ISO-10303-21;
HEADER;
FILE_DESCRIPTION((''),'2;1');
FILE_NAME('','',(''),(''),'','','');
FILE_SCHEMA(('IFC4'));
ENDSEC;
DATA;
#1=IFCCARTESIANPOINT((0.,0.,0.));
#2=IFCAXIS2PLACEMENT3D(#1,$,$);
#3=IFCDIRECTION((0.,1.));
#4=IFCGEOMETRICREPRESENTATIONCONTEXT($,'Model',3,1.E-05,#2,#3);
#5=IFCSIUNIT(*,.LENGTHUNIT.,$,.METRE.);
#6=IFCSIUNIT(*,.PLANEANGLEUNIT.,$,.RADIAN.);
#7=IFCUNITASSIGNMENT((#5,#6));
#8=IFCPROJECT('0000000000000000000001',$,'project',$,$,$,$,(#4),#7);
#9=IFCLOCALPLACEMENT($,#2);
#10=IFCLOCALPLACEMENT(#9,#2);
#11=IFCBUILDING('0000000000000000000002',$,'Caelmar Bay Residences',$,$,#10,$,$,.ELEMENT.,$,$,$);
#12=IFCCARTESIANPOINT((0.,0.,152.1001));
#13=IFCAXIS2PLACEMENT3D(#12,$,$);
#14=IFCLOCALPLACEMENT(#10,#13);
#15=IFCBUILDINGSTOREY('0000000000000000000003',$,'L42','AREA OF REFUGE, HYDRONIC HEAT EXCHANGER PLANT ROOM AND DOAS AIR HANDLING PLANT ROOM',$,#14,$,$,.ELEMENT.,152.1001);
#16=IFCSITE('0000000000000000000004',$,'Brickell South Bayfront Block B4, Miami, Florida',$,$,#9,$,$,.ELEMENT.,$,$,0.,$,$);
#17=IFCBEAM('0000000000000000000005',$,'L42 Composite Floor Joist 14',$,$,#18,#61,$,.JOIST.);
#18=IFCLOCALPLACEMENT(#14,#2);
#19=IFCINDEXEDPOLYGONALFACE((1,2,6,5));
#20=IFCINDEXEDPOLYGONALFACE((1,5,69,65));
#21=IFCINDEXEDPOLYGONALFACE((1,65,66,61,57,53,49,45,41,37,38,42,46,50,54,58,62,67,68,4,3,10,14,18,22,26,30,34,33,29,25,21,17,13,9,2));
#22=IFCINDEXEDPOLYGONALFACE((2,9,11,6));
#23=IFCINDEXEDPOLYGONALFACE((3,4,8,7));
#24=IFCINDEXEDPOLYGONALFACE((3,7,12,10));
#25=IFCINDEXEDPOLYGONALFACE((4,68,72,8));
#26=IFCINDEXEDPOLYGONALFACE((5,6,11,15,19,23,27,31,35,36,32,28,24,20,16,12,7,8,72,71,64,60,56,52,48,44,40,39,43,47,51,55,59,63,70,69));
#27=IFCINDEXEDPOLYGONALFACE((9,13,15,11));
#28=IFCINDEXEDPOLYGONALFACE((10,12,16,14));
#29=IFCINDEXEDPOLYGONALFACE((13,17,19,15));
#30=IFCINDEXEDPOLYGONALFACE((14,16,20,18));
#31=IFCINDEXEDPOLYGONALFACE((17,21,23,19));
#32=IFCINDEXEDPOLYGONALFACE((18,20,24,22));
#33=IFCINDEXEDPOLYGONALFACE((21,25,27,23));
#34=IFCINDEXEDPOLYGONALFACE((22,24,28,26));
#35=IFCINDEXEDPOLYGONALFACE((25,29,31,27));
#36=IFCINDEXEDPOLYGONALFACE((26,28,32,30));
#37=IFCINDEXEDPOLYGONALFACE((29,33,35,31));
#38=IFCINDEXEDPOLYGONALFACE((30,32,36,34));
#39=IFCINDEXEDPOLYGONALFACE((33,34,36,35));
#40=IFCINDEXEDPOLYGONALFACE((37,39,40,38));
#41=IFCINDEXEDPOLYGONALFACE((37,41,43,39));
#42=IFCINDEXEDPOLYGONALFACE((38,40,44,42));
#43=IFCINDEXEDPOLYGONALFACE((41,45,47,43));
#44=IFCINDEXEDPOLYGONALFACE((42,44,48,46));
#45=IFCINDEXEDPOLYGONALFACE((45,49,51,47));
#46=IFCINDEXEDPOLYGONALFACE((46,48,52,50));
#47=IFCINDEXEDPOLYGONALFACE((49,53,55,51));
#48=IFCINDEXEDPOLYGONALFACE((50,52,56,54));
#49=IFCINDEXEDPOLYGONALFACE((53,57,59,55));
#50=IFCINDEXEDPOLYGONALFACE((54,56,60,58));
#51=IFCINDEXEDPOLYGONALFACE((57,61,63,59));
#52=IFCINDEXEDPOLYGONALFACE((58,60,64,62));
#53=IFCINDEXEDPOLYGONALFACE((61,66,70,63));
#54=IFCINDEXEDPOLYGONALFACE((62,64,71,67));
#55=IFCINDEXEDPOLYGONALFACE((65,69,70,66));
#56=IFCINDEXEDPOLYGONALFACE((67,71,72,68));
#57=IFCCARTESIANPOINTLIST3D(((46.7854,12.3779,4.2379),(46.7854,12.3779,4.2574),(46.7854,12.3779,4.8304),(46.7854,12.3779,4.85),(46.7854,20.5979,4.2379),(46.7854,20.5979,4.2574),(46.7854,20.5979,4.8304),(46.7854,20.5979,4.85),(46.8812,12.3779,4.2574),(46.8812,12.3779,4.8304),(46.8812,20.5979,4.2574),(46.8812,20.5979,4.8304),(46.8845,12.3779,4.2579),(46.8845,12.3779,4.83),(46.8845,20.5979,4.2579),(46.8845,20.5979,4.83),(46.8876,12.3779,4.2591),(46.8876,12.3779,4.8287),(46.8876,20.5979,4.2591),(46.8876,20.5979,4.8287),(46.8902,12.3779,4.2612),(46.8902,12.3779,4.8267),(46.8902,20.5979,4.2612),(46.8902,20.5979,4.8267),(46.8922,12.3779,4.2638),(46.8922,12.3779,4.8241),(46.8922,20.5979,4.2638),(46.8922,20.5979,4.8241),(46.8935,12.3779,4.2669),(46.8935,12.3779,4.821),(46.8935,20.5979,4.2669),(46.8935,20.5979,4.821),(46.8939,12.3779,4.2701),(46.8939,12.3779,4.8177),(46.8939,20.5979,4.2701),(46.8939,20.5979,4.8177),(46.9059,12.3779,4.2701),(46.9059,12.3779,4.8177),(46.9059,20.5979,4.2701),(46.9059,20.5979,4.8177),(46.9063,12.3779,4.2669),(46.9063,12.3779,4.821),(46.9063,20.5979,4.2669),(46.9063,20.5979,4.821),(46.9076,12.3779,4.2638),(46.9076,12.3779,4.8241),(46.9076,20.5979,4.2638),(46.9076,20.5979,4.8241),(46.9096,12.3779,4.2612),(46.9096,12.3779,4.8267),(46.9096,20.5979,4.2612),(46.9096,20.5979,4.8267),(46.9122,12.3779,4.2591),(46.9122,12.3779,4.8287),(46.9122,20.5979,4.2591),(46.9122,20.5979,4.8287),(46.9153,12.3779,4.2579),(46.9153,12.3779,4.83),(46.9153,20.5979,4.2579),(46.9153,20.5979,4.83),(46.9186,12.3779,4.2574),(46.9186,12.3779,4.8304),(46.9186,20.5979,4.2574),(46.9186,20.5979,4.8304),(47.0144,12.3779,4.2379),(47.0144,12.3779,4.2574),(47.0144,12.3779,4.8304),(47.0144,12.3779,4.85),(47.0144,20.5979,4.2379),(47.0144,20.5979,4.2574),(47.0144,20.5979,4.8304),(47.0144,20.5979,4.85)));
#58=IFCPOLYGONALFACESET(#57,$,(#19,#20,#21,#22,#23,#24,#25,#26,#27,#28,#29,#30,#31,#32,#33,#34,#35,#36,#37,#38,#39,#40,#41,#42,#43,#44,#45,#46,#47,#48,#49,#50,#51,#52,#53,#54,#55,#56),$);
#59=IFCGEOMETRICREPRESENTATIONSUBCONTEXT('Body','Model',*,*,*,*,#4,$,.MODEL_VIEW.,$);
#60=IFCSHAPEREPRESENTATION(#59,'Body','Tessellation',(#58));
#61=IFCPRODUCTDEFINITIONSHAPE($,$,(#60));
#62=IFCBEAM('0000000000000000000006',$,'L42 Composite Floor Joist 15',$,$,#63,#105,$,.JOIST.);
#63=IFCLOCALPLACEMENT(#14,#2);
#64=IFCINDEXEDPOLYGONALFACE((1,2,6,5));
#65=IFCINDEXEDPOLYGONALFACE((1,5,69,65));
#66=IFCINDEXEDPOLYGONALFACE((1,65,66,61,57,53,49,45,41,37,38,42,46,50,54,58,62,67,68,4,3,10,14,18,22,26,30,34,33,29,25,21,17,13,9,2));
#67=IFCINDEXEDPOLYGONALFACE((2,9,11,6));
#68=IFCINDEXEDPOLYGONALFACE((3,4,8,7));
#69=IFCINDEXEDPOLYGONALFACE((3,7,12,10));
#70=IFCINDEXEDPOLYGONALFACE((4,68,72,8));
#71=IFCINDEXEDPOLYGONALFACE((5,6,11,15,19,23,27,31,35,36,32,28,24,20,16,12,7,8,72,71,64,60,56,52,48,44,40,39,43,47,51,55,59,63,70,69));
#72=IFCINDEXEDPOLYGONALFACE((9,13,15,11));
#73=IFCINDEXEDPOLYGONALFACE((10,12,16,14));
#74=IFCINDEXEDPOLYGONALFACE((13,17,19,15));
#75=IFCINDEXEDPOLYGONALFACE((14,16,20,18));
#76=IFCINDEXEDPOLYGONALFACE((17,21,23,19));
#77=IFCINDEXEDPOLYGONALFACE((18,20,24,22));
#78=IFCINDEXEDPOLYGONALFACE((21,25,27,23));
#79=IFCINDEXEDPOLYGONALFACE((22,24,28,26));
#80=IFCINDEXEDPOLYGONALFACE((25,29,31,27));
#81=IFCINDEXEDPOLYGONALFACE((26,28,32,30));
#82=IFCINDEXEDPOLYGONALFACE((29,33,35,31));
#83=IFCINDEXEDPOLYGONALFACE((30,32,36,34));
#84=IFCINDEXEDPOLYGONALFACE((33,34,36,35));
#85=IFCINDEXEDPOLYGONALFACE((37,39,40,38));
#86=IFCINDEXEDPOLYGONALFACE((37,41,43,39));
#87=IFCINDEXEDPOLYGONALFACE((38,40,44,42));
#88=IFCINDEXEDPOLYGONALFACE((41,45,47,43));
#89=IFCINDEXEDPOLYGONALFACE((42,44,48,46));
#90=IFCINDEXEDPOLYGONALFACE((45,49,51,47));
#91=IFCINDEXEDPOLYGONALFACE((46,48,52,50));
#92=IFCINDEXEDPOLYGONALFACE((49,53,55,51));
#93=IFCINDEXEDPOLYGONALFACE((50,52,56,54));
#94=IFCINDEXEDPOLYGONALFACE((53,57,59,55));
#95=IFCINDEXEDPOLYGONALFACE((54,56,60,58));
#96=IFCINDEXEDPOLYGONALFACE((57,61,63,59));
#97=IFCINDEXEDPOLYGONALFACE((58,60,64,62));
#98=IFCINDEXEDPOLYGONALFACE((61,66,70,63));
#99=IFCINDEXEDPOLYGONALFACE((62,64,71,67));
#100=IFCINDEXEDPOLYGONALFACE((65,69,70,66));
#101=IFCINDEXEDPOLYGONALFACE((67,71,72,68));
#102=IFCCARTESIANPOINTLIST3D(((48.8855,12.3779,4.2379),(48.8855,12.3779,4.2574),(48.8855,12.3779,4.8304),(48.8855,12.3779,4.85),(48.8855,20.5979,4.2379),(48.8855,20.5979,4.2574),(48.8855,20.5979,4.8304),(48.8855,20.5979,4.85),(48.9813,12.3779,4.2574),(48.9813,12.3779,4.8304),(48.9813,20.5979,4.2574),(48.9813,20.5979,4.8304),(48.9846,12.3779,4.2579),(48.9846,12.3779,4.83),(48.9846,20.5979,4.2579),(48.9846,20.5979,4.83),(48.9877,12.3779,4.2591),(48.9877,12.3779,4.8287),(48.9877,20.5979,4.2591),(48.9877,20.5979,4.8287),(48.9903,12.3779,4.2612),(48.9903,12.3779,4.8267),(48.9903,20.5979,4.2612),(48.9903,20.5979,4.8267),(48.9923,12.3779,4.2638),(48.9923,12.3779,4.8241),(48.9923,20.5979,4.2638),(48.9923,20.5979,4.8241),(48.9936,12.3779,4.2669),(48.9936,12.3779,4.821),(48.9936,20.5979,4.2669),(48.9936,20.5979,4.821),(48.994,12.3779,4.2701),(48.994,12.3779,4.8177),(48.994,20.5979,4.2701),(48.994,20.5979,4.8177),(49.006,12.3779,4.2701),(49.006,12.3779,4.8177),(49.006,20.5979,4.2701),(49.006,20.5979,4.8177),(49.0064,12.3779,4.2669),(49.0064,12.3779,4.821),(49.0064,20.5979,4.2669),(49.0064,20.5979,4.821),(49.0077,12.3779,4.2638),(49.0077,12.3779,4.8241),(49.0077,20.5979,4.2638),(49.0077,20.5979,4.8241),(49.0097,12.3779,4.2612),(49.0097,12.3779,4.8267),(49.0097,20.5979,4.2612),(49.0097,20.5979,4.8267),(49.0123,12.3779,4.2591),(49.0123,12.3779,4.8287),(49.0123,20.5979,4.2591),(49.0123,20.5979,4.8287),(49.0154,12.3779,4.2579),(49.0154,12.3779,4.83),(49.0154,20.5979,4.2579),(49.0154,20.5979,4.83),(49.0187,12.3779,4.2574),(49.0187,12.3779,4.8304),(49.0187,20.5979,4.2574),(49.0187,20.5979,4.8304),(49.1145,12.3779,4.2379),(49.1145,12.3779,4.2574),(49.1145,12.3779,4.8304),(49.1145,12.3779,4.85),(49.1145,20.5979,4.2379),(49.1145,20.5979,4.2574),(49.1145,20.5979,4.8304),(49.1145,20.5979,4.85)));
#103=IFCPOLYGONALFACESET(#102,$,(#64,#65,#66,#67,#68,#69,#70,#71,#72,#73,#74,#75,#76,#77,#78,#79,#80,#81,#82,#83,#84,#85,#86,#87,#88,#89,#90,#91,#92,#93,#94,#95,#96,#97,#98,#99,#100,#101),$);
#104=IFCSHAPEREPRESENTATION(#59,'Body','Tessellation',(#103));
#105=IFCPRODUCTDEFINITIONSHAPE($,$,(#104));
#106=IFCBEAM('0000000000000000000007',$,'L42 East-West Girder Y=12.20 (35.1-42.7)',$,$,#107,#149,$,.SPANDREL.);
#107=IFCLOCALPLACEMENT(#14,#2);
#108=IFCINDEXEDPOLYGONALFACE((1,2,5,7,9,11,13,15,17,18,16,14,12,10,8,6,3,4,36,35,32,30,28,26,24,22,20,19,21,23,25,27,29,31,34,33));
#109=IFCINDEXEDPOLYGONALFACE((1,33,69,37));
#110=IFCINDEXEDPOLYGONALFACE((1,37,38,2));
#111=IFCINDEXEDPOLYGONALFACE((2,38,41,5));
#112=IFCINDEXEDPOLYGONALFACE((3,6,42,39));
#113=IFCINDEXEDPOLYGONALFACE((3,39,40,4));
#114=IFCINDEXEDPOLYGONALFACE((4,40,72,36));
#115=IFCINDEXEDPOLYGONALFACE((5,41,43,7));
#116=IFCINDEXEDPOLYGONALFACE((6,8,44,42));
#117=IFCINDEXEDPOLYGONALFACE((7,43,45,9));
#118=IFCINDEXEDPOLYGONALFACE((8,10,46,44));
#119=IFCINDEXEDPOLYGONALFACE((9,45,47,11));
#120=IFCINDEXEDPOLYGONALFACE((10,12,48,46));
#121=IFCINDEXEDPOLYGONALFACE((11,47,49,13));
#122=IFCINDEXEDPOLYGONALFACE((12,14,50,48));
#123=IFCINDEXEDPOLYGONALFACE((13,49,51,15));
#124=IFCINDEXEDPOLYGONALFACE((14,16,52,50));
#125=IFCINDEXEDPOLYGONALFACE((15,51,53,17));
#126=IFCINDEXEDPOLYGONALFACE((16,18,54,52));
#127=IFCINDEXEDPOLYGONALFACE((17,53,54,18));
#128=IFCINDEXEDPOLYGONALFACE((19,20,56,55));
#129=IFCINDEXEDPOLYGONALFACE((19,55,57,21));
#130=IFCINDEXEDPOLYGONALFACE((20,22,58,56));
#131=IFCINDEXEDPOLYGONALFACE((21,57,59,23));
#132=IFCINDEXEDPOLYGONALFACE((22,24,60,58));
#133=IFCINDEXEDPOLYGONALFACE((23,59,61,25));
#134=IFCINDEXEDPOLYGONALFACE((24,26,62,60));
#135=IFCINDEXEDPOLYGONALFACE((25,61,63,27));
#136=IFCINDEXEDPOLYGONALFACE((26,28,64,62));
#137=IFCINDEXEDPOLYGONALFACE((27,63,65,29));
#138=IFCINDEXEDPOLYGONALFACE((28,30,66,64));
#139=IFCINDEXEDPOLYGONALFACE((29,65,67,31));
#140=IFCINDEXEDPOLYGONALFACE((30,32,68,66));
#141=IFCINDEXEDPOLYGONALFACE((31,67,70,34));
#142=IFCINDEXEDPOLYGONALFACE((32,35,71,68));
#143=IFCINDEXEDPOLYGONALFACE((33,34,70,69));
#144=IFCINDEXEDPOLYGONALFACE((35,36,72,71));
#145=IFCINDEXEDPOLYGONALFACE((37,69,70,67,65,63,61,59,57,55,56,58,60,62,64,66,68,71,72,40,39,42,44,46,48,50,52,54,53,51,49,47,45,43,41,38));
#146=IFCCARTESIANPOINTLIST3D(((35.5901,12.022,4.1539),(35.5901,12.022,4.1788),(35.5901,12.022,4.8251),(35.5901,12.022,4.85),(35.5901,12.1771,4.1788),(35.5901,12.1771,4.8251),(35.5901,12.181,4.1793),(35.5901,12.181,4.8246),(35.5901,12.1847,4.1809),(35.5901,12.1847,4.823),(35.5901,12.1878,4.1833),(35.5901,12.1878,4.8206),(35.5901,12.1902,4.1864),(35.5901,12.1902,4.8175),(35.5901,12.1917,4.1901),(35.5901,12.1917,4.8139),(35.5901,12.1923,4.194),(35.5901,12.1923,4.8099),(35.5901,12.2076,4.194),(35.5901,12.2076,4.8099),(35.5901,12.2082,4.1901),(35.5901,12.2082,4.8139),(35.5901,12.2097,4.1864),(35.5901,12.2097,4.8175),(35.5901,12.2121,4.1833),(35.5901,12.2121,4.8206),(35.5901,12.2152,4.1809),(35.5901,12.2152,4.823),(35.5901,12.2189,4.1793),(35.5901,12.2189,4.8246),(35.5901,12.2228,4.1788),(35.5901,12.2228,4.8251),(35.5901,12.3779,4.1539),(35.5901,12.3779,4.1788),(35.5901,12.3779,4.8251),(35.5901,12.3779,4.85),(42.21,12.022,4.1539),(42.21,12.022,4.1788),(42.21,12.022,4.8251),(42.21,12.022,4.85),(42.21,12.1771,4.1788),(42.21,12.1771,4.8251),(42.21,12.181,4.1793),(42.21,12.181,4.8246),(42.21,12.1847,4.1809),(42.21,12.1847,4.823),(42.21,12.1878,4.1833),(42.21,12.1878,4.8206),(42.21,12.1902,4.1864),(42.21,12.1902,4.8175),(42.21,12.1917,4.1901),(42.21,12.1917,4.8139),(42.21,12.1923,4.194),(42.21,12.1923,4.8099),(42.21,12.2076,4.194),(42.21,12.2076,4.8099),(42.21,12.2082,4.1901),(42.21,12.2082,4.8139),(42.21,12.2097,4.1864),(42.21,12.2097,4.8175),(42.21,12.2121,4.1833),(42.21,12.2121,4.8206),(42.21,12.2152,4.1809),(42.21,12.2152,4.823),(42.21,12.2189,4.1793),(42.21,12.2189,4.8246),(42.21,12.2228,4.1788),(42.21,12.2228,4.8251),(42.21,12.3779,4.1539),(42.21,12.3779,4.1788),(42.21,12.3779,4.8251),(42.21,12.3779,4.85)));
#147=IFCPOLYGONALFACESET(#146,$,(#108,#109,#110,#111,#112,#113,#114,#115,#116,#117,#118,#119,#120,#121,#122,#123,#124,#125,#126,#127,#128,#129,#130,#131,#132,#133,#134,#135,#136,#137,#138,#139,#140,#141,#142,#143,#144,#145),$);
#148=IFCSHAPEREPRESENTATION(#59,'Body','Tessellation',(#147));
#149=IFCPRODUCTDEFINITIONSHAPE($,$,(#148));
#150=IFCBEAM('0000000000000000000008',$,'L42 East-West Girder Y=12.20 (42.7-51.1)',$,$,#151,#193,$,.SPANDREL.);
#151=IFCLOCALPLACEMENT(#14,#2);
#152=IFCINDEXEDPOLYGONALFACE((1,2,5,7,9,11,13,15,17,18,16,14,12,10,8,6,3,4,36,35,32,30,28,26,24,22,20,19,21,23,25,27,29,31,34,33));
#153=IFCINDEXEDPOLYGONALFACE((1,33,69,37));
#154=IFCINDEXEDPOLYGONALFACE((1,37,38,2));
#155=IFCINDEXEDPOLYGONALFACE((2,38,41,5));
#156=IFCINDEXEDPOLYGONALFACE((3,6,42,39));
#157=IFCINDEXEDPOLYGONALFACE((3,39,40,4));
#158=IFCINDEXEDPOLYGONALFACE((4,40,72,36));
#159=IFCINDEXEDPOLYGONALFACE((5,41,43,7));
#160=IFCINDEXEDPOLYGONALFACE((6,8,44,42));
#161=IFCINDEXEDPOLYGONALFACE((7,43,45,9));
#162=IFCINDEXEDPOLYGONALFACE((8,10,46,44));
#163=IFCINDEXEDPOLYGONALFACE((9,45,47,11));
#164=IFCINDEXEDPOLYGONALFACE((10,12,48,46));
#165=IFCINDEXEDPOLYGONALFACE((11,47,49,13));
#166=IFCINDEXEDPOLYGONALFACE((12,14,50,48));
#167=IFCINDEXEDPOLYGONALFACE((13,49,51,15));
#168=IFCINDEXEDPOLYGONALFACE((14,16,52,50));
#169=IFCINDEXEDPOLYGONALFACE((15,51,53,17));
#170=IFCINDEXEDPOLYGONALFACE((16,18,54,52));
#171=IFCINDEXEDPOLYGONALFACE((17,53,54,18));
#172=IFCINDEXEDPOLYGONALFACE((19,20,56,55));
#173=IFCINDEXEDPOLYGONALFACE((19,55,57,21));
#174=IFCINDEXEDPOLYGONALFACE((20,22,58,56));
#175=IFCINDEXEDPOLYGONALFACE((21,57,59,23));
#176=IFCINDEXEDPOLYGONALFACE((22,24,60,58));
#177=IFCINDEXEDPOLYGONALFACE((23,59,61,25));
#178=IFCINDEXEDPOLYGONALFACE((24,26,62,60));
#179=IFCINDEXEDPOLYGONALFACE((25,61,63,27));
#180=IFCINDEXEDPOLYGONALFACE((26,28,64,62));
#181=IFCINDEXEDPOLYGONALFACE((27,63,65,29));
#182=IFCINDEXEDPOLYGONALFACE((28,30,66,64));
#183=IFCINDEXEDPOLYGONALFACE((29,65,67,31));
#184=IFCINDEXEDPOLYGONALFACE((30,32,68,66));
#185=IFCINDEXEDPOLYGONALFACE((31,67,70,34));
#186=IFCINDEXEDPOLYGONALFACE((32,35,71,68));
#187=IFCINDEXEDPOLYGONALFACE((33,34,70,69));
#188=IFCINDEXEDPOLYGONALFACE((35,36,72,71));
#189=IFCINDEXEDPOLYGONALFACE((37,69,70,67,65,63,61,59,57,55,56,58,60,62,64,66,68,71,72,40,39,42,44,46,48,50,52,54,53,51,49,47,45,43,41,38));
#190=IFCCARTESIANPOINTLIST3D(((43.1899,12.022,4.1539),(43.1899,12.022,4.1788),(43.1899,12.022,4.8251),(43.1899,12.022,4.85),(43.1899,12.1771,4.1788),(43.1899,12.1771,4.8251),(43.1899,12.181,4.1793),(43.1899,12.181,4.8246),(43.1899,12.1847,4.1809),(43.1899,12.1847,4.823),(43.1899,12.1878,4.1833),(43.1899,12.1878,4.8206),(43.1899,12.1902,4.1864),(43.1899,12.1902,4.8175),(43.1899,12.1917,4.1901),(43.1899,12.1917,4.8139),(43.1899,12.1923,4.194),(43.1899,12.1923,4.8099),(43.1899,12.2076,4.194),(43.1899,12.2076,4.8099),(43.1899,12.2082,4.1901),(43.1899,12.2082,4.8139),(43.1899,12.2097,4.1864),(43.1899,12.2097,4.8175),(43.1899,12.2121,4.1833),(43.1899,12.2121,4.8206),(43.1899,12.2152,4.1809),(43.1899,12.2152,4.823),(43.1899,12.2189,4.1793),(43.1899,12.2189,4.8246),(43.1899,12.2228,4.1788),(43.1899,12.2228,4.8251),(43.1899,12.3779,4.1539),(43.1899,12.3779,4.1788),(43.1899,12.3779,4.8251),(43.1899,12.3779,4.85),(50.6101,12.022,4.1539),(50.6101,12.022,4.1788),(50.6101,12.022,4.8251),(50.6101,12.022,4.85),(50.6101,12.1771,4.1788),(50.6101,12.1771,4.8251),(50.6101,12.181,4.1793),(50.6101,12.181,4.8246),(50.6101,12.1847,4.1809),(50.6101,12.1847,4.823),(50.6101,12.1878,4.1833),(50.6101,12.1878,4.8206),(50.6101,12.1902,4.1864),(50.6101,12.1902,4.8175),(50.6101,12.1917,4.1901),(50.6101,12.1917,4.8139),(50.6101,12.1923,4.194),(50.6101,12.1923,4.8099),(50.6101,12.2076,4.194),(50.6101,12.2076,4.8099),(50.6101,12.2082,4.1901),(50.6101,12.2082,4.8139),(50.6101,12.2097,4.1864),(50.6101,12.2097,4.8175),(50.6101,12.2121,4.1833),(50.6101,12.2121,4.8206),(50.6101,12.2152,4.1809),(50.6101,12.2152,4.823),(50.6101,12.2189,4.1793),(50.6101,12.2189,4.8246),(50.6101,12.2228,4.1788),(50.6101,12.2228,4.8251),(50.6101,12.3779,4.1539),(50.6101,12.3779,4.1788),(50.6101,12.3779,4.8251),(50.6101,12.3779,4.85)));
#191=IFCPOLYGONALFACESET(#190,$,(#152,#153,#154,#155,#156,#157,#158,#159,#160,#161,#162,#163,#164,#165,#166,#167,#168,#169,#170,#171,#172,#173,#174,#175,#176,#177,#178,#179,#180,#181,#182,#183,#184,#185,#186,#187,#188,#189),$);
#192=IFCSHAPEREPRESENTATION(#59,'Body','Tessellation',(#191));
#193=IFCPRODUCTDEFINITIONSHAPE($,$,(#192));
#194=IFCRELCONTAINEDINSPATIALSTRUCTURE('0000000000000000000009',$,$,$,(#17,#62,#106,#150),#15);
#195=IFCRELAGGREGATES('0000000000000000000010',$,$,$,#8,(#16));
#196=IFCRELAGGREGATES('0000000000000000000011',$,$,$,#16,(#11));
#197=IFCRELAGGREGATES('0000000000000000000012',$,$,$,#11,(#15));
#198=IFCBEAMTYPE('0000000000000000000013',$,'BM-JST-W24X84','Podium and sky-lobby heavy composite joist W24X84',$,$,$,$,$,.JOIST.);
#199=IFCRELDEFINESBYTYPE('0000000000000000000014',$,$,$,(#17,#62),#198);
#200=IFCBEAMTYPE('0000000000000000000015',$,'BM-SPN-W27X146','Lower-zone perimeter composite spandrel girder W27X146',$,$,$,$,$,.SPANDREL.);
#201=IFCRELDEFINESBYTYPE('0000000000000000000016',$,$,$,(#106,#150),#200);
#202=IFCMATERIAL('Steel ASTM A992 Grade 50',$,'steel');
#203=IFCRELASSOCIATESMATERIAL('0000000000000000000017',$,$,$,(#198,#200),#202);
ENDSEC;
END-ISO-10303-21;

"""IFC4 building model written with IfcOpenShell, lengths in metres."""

from ifc_helpers import new_model, si_unit, direction, frame, origin, origin_2d, place, context, subcontext, project, spatial, i_section, extrude, material, material_profile, profile_set, type_object, element, save


model = new_model("IFC4")

# Units and contexts
model_context = context("Model", 3, precision=1e-05, world=origin(), true_north=direction((0.0, 1.0)))
body_context = subcontext(model_context, "Body", "Model", "MODEL_VIEW")
ifc_project = project(units=[si_unit("LENGTHUNIT", "METRE"), si_unit("PLANEANGLEUNIT", "RADIAN")], contexts=[model_context])

# Site, building, storey
site_placement = place(None, origin())
site = spatial("IfcSite", under=ifc_project, at=site_placement, Name="Brickell South Bayfront Block B4, Miami, Florida", CompositionType="ELEMENT", RefElevation=0.0)
building_placement = place(site_placement, origin())
building = spatial("IfcBuilding", under=site, at=building_placement, Name="Caelmar Bay Residences", CompositionType="ELEMENT")
storey_placement = place(building_placement, frame((0.0, 0.0, 152.1001)))
storey = spatial("IfcBuildingStorey", under=building, at=storey_placement, Name="L42", Description="AREA OF REFUGE, HYDRONIC HEAT EXCHANGER PLANT ROOM AND DOAS AIR HANDLING PLANT ROOM", CompositionType="ELEMENT", Elevation=152.1001)

# Beams
ifc_material_1 = material(Name="Steel ASTM A992 Grade 50", Category="steel")
ifc_material_profile_1 = material_profile(ifc_material_1, i_section(OverallWidth=0.229, OverallDepth=0.6121, WebThickness=0.012, FlangeThickness=0.0195, FilletRadius=0.0127, at=origin_2d()), Name="W24X84")
ifc_profile_set_1 = profile_set([ifc_material_profile_1], Name="Steel ASTM A992 Grade 50")
beam_type_1 = type_object("IfcBeamType", Name="BM-JST-W24X84", Description="Podium and sky-lobby heavy composite joist W24X84", PredefinedType="JOIST", material=ifc_profile_set_1)
for number, where, z_axis, x_axis, name in (
    (1, (46.8999, 12.3779, 4.5439), (0.0, 1.0, 0.0), (-1.0, 0.0, 0.0), "L42 Composite Floor Joist 14"),
    (2, (49.0, 12.3779, 4.5439), (0.0, 1.0, 0.0), (-1.0, 0.0, 0.0), "L42 Composite Floor Joist 15"),
):
    element("IfcBeam", number, at=place(storey_placement, frame(where, z_axis=z_axis, x_axis=x_axis)), inside=storey, type_object=beam_type_1, Name=name, PredefinedType="JOIST", context=body_context, shape_type="SweptSolid", body=[
        extrude(i_section(OverallWidth=0.229, OverallDepth=0.6121, WebThickness=0.012, FlangeThickness=0.0195, FilletRadius=0.0127, at=origin_2d()), origin(), (0.0, 0.0, 1.0), 8.22),
    ])
ifc_material_profile_2 = material_profile(ifc_material_1, i_section(OverallWidth=0.356, OverallDepth=0.696, WebThickness=0.0154, FlangeThickness=0.0249, FilletRadius=0.0151, at=origin_2d()), Name="W27X146")
ifc_profile_set_2 = profile_set([ifc_material_profile_2], Name="Steel ASTM A992 Grade 50")
beam_type_2 = type_object("IfcBeamType", Name="BM-SPN-W27X146", Description="Lower-zone perimeter composite spandrel girder W27X146", PredefinedType="SPANDREL", material=ifc_profile_set_2)
beam_1_placement = place(storey_placement, frame((35.5901, 12.2, 4.502), z_axis=(1.0, 0.0, 0.0), x_axis=(0.0, 1.0, 0.0)))
element("IfcBeam", 3, at=beam_1_placement, inside=storey, type_object=beam_type_2, Name="L42 East-West Girder Y=12.20 (35.1-42.7)", PredefinedType="SPANDREL", context=body_context, shape_type="SweptSolid", body=[
    extrude(i_section(OverallWidth=0.356, OverallDepth=0.696, WebThickness=0.0154, FlangeThickness=0.0249, FilletRadius=0.0151, at=origin_2d()), origin(), (0.0, 0.0, 1.0), 6.6199),
])
beam_2_placement = place(storey_placement, frame((43.1899, 12.2, 4.502), z_axis=(1.0, 0.0, 0.0), x_axis=(0.0, 1.0, 0.0)))
element("IfcBeam", 4, at=beam_2_placement, inside=storey, type_object=beam_type_2, Name="L42 East-West Girder Y=12.20 (42.7-51.1)", PredefinedType="SPANDREL", context=body_context, shape_type="SweptSolid", body=[
    extrude(i_section(OverallWidth=0.356, OverallDepth=0.696, WebThickness=0.0154, FlangeThickness=0.0249, FilletRadius=0.0151, at=origin_2d()), origin(), (0.0, 0.0, 1.0), 7.4202),
])

save(model, "model.ifc")
